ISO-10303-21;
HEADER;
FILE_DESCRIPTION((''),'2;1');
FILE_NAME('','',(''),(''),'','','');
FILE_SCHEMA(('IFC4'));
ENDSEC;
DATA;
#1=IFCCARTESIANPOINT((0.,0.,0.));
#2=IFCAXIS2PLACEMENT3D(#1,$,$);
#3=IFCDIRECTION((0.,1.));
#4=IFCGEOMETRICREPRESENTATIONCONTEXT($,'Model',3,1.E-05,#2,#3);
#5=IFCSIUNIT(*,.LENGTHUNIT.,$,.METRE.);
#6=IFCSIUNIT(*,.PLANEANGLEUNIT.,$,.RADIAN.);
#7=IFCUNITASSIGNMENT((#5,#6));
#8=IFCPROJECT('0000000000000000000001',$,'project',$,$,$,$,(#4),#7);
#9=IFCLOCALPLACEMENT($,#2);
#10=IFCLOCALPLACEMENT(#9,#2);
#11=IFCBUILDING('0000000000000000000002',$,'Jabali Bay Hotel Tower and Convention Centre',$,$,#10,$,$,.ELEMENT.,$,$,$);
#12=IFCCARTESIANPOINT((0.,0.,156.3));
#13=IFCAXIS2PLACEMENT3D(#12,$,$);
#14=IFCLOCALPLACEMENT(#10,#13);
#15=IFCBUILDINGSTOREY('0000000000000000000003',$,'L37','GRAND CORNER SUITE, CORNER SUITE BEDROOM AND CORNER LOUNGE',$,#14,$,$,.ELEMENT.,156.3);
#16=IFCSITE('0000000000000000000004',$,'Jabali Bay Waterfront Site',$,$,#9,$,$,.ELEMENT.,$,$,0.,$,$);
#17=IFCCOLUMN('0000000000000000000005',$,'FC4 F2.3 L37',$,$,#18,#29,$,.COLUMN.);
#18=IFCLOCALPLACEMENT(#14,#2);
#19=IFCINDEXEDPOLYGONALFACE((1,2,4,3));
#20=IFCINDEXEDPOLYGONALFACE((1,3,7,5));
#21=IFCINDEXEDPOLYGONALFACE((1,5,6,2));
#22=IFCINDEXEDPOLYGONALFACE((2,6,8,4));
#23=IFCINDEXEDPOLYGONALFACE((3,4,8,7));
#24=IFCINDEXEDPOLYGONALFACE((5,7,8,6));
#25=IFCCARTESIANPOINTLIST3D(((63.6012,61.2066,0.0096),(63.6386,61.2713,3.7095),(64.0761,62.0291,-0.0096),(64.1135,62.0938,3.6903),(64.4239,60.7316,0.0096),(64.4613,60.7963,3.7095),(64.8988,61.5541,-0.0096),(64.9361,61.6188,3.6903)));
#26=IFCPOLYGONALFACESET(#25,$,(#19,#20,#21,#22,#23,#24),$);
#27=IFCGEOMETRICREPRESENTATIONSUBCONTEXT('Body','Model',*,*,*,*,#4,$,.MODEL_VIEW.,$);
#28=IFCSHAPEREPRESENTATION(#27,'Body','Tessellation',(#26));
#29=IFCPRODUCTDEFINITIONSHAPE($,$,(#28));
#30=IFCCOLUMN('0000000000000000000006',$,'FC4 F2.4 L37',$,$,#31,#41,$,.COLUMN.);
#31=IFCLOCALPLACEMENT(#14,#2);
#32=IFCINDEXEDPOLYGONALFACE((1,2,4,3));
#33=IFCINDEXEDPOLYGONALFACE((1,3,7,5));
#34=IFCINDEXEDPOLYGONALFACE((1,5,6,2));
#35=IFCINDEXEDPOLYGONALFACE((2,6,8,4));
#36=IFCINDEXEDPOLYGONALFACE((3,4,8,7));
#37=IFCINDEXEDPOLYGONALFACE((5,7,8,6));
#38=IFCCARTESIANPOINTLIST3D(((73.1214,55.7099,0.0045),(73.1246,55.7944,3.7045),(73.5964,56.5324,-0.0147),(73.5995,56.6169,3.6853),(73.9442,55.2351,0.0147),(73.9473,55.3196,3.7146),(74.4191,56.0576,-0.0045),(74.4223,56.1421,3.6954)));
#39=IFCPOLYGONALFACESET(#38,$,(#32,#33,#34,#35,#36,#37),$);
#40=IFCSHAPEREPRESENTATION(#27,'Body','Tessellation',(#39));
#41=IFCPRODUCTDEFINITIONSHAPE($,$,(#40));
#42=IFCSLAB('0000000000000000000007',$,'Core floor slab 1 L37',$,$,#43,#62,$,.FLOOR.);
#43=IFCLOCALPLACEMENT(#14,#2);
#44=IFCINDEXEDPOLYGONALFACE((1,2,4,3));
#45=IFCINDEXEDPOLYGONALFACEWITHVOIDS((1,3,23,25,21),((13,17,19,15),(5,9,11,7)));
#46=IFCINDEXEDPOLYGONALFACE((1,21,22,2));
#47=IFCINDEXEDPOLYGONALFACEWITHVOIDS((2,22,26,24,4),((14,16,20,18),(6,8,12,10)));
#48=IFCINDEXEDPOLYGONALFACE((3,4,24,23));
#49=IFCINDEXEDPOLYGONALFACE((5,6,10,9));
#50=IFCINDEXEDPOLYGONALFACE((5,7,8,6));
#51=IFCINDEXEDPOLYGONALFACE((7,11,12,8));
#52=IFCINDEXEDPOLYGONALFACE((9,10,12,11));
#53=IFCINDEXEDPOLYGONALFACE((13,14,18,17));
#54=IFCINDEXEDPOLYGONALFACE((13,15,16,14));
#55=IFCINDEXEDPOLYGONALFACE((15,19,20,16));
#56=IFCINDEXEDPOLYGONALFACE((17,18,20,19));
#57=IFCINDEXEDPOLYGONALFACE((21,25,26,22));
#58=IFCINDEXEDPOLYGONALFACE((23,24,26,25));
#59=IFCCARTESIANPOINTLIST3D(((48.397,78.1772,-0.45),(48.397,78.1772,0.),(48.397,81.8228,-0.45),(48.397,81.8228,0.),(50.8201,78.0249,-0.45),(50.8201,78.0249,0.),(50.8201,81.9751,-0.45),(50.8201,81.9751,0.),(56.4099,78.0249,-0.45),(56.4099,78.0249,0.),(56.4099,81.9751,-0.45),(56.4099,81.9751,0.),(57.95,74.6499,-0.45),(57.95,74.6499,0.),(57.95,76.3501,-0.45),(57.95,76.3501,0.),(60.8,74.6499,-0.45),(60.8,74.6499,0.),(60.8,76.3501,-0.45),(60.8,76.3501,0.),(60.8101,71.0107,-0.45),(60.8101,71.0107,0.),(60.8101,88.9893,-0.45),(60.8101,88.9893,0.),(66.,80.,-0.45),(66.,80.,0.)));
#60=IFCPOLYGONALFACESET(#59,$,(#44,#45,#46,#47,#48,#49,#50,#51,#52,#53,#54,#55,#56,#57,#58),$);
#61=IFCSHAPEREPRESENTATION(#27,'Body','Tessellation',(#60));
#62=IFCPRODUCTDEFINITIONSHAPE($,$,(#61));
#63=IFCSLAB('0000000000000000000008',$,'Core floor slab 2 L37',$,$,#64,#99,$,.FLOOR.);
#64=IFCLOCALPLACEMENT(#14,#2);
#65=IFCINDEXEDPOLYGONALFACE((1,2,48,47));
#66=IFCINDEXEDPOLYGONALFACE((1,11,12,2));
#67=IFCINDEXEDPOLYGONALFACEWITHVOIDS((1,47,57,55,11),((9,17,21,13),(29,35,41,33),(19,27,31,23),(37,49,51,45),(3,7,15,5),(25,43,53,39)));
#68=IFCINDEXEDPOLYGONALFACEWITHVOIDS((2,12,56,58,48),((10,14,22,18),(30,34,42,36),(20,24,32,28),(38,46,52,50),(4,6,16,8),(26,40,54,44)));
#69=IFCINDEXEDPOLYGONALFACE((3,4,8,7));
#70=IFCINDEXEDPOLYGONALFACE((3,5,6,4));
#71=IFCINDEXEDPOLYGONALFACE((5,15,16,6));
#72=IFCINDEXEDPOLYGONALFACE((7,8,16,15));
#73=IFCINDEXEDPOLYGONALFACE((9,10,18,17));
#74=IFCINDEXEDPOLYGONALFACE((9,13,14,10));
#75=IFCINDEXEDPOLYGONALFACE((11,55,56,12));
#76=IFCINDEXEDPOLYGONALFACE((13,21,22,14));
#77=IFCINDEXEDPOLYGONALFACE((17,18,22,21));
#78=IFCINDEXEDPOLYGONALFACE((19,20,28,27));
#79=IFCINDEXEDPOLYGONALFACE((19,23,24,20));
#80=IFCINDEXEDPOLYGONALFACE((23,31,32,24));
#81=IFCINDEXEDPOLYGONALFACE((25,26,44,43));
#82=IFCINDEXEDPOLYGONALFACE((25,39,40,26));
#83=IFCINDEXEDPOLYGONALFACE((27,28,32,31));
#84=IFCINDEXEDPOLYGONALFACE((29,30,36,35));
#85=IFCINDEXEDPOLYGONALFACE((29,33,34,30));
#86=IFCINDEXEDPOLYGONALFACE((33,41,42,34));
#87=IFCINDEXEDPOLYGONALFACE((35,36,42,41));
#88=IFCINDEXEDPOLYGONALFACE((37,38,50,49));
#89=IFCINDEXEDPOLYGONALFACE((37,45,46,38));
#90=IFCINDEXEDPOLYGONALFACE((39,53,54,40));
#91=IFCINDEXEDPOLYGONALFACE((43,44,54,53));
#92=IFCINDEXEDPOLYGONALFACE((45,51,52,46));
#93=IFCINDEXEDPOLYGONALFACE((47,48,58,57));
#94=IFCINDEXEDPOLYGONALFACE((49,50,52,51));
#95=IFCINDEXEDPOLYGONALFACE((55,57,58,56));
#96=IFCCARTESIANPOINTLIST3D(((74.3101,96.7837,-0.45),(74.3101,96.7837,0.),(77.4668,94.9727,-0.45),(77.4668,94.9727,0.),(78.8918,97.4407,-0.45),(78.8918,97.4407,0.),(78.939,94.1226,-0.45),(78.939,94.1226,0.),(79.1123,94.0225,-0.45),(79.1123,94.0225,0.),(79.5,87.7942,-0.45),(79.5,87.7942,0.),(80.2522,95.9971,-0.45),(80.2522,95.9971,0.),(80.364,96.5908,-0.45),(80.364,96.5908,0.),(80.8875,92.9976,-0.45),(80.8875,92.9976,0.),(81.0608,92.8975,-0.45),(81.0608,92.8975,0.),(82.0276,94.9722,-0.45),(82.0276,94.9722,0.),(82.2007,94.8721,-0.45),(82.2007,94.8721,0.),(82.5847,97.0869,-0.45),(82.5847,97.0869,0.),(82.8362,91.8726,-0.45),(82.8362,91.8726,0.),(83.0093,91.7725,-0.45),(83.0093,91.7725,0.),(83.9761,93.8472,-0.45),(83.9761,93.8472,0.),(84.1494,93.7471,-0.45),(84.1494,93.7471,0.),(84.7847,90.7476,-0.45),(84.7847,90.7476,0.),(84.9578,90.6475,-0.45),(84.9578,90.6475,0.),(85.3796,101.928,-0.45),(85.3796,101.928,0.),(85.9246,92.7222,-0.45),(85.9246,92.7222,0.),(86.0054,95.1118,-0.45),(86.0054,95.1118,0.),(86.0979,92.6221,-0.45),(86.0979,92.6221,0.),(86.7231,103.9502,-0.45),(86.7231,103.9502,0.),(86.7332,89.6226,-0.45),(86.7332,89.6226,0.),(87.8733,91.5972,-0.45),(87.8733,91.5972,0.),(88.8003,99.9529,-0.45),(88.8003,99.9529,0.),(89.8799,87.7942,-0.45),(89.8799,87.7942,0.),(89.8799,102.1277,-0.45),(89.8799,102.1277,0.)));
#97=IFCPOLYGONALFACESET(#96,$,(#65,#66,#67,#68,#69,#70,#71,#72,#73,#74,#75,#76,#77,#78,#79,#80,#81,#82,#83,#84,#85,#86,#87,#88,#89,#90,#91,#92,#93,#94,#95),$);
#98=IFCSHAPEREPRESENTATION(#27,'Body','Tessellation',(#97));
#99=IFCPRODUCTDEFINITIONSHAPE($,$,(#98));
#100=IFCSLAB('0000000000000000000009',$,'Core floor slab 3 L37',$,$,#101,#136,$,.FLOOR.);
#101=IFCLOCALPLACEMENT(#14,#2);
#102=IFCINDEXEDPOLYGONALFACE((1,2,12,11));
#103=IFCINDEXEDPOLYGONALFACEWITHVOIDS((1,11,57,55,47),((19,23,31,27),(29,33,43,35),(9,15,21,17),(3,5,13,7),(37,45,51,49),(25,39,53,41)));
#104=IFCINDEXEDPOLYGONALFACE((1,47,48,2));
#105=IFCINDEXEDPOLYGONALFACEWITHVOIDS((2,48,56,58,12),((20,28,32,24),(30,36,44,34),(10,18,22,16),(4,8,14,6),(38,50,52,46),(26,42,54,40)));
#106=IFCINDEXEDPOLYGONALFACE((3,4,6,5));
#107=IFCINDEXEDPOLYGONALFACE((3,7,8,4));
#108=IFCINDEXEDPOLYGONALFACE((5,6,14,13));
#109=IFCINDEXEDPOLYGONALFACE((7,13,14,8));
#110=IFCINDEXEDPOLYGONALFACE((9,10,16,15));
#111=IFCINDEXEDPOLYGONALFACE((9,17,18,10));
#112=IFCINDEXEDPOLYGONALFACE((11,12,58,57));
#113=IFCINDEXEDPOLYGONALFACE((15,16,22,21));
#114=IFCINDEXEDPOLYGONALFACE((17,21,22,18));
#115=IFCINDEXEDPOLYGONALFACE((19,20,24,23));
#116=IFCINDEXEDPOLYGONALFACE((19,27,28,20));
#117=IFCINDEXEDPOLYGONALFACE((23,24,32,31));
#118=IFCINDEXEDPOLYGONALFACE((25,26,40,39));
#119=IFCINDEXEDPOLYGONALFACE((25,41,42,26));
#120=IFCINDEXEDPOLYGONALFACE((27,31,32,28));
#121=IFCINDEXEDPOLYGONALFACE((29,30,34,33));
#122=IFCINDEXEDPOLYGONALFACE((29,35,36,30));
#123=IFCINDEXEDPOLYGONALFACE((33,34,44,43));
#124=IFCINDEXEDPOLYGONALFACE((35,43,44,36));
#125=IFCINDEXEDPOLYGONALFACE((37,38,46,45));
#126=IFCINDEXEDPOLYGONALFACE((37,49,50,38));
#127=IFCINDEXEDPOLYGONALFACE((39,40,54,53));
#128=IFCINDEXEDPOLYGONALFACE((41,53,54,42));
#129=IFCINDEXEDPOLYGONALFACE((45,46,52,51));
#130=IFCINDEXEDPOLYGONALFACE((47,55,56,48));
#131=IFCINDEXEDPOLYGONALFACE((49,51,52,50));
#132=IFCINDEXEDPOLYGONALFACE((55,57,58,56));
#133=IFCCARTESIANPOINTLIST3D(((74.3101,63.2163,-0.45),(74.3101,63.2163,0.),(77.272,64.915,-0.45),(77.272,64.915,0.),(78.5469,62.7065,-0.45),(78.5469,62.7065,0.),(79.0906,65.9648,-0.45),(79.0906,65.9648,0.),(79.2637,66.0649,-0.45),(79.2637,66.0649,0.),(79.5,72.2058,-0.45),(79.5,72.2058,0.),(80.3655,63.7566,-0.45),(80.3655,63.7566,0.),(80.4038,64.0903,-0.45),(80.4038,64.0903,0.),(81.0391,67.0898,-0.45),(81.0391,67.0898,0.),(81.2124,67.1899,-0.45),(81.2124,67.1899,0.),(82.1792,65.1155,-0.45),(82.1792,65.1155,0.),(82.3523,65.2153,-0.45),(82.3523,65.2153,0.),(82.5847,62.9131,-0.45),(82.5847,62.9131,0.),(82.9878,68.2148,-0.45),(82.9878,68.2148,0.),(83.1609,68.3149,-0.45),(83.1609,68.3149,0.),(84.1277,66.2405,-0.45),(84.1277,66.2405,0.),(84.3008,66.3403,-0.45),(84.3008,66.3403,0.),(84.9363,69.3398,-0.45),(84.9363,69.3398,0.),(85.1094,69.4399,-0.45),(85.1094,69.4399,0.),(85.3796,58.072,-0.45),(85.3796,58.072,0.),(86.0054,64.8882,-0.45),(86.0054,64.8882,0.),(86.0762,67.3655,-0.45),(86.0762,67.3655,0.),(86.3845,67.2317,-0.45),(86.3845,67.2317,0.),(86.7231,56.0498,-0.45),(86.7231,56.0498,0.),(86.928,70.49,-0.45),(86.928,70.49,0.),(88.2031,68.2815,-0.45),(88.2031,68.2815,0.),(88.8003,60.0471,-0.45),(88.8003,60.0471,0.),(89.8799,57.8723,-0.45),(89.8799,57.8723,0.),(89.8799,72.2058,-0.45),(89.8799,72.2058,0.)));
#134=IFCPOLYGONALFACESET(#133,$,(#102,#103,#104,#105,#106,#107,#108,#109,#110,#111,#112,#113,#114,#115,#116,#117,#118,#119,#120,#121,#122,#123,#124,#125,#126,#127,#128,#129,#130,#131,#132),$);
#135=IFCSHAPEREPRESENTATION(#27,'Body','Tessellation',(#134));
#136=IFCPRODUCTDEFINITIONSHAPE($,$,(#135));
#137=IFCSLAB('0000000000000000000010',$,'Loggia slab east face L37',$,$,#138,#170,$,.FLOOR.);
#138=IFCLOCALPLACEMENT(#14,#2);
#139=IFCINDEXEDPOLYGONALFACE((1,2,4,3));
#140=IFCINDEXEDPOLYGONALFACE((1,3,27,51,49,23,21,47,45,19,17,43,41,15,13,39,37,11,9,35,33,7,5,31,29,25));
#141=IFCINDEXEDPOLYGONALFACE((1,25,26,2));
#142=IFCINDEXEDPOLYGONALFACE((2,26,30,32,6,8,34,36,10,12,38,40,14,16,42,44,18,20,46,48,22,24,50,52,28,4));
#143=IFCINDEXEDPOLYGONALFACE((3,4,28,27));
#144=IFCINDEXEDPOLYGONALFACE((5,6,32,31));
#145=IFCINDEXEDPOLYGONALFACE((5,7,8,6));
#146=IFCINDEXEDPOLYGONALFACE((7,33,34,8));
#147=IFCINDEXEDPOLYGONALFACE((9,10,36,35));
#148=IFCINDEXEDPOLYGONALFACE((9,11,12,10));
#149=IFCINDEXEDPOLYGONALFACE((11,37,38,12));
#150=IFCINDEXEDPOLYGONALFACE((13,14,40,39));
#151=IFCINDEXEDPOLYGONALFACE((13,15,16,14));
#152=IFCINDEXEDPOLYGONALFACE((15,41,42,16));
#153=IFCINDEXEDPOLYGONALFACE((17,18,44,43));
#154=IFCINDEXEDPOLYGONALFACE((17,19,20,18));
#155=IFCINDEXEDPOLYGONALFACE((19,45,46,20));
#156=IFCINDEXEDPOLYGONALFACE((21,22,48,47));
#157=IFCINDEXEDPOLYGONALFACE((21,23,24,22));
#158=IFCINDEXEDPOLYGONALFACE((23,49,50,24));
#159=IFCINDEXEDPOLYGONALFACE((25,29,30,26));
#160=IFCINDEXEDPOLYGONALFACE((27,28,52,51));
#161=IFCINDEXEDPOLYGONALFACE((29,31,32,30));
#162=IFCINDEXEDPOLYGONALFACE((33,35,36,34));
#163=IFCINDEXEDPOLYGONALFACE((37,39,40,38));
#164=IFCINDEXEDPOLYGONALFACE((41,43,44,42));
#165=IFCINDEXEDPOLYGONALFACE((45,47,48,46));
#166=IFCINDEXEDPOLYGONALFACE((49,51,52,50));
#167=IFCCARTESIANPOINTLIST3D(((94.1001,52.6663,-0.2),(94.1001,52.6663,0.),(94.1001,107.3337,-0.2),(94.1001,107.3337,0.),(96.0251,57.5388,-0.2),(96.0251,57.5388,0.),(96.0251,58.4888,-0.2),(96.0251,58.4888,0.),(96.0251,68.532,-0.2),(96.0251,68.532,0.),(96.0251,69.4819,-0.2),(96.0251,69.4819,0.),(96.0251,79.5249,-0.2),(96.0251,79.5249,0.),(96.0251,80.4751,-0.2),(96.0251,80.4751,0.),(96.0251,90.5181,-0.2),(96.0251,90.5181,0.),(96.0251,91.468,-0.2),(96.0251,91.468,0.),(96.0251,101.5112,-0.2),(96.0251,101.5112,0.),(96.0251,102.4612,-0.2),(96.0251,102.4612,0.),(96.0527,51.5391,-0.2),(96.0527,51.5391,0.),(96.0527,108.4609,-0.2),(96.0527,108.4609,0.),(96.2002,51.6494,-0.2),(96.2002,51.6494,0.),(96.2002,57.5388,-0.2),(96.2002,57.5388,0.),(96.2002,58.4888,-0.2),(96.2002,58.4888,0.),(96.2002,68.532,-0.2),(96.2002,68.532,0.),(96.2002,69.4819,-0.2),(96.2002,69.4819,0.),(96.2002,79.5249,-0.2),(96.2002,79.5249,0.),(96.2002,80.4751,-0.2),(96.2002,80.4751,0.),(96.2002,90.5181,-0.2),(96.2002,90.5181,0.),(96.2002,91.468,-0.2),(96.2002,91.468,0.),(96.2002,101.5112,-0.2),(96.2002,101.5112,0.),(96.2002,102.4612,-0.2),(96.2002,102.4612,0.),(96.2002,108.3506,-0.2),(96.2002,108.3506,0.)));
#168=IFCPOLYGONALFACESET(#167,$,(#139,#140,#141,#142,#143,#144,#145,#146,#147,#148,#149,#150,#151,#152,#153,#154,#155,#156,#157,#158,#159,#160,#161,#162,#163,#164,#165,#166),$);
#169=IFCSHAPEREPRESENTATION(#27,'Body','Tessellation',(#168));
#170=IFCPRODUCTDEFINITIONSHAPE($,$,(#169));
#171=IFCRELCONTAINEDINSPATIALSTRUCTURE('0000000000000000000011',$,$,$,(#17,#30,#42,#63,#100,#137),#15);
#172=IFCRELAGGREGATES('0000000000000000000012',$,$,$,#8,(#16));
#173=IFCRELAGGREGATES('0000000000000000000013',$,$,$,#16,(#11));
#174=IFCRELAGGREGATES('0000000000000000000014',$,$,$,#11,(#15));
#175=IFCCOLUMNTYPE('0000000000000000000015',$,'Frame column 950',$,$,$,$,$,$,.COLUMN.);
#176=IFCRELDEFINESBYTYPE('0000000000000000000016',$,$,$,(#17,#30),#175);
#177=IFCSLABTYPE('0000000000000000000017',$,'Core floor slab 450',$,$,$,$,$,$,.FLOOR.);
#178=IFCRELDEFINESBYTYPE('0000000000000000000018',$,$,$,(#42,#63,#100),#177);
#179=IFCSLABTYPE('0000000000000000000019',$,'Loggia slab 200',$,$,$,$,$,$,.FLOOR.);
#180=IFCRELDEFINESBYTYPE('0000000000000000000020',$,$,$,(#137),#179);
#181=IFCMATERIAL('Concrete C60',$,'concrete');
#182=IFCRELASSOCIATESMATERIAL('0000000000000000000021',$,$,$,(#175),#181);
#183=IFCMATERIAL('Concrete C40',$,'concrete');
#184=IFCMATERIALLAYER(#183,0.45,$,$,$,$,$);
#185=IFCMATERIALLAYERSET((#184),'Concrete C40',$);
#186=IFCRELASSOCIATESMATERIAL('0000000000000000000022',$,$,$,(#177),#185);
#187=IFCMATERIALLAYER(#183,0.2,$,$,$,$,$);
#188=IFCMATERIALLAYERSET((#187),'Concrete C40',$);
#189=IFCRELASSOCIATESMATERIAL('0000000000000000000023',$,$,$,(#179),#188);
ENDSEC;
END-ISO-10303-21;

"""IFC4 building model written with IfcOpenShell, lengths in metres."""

from ifc_helpers import new_model, si_unit, direction, frame, origin, origin_2d, place, context, subcontext, project, spatial, polyline, rectangle, outline, extrude, material, layer, layer_set, material_profile, profile_set, type_object, element, save


model = new_model("IFC4")

# Units and contexts
model_context = context("Model", 3, precision=1e-05, world=origin(), true_north=direction((0.0, 1.0)))
body_context = subcontext(model_context, "Body", "Model", "MODEL_VIEW")
ifc_project = project(units=[si_unit("LENGTHUNIT", "METRE"), si_unit("PLANEANGLEUNIT", "RADIAN")], contexts=[model_context])

# Site, building, storey
site_placement = place(None, origin())
site = spatial("IfcSite", under=ifc_project, at=site_placement, Name="Jabali Bay Waterfront Site", CompositionType="ELEMENT", RefElevation=0.0)
building_placement = place(site_placement, origin())
building = spatial("IfcBuilding", under=site, at=building_placement, Name="Jabali Bay Hotel Tower and Convention Centre", CompositionType="ELEMENT")
storey_placement = place(building_placement, frame((0.0, 0.0, 156.3)))
storey = spatial("IfcBuildingStorey", under=building, at=storey_placement, Name="L37", Description="GRAND CORNER SUITE, CORNER SUITE BEDROOM AND CORNER LOUNGE", CompositionType="ELEMENT", Elevation=156.3)

# Columns
ifc_material_1 = material(Name="Concrete C60", Category="concrete")
ifc_material_profile = material_profile(ifc_material_1, rectangle(XDim=0.95, YDim=0.95, at=origin_2d()), Name="Frame column 950")
ifc_profile_set = profile_set([ifc_material_profile], Name="Concrete C60")
column_type = type_object("IfcColumnType", Name="Frame column 950", PredefinedType="COLUMN", material=ifc_profile_set)
column_1_placement = place(storey_placement, frame((64.25, 61.3804, 0.0), z_axis=(0.010094, 0.017482, 0.999796), x_axis=(-0.866026, 0.499999, 0.0)))
element("IfcColumn", 1, at=column_1_placement, inside=storey, type_object=column_type, Name="FC4 F2.3 L37", PredefinedType="COLUMN", context=body_context, shape_type="SweptSolid", body=[
    extrude(rectangle(XDim=0.95, YDim=0.95, at=origin_2d()), origin(), (0.0, 0.0, 1.0), 3.7007),
])
column_2_placement = place(storey_placement, frame((73.7703, 55.8838, 0.0), z_axis=(0.000858, 0.022825, 0.999739), x_axis=(-0.499939, -0.865825, 0.020196)))
element("IfcColumn", 2, at=column_2_placement, inside=storey, type_object=column_type, Name="FC4 F2.4 L37", PredefinedType="COLUMN", context=body_context, shape_type="SweptSolid", body=[
    extrude(rectangle(XDim=0.95, YDim=0.95, at=origin_2d()), origin(), (0.0, 0.0, 1.0), 3.7009),
])

# Slabs
ifc_material_2 = material(Name="Concrete C40", Category="concrete")
ifc_layer_1 = layer(ifc_material_2, 0.45)
ifc_layer_set_1 = layer_set([ifc_layer_1], Name="Concrete C40")
slab_type_1 = type_object("IfcSlabType", Name="Core floor slab 450", PredefinedType="FLOOR", material=ifc_layer_set_1)
slab_1_placement = place(storey_placement, frame((0.0, 0.0, -0.45)))
element("IfcSlab", 3, at=slab_1_placement, inside=storey, type_object=slab_type_1, Name="Core floor slab 1 L37", PredefinedType="FLOOR", context=body_context, shape_type="SweptSolid", body=[
    extrude(outline(polyline([(66.0, 80.0), (60.8101, 88.9893), (48.397, 81.8228), (48.397, 78.1772), (60.8101, 71.0107), (66.0, 80.0)]), holes=[polyline([(60.8, 76.3501), (57.95, 76.3501), (57.95, 74.6499), (60.8, 74.6499), (60.8, 76.3501)]), polyline([(50.8201, 81.9751), (50.8201, 78.0249), (56.4099, 78.0249), (56.4099, 81.9751), (50.8201, 81.9751)])]), origin(), (0.0, 0.0, 1.0), 0.45),
])
slab_2_placement = place(storey_placement, frame((0.0, 0.0, -0.45)))
element("IfcSlab", 4, at=slab_2_placement, inside=storey, type_object=slab_type_1, Name="Core floor slab 2 L37", PredefinedType="FLOOR", context=body_context, shape_type="SweptSolid", body=[
    extrude(outline(polyline([(79.5, 87.7942), (89.8799, 87.7942), (89.8799, 102.1277), (86.7231, 103.9502), (74.3101, 96.7837), (79.5, 87.7942)]), holes=[polyline([(84.9578, 90.6475), (86.7332, 89.6226), (87.8733, 91.5972), (86.0979, 92.6221), (84.9578, 90.6475)]), polyline([(84.1494, 93.7471), (83.0093, 91.7725), (84.7847, 90.7476), (85.9246, 92.7222), (84.1494, 93.7471)]), polyline([(82.2007, 94.8721), (81.0608, 92.8975), (82.8362, 91.8726), (83.9761, 93.8472), (82.2007, 94.8721)]), polyline([(79.1123, 94.0225), (80.8875, 92.9976), (82.0276, 94.9722), (80.2522, 95.9971), (79.1123, 94.0225)]), polyline([(78.8918, 97.4407), (77.4668, 94.9727), (78.939, 94.1226), (80.364, 96.5908), (78.8918, 97.4407)]), polyline([(82.5847, 97.0869), (86.0054, 95.1118), (88.8003, 99.9529), (85.3796, 101.928), (82.5847, 97.0869)])]), origin(), (0.0, 0.0, 1.0), 0.45),
])
slab_3_placement = place(storey_placement, frame((0.0, 0.0, -0.45)))
element("IfcSlab", 5, at=slab_3_placement, inside=storey, type_object=slab_type_1, Name="Core floor slab 3 L37", PredefinedType="FLOOR", context=body_context, shape_type="SweptSolid", body=[
    extrude(outline(polyline([(79.5, 72.2058), (74.3101, 63.2163), (86.7231, 56.0498), (89.8799, 57.8723), (89.8799, 72.2058), (79.5, 72.2058)]), holes=[polyline([(82.5847, 62.9131), (85.3796, 58.072), (88.8003, 60.0471), (86.0054, 64.8882), (82.5847, 62.9131)]), polyline([(80.3655, 63.7566), (79.0906, 65.9648), (77.272, 64.915), (78.5469, 62.7065), (80.3655, 63.7566)]), polyline([(82.1792, 65.1155), (81.0391, 67.0898), (79.2637, 66.0649), (80.4038, 64.0903), (82.1792, 65.1155)]), polyline([(82.9878, 68.2148), (81.2124, 67.1899), (82.3523, 65.2153), (84.1277, 66.2405), (82.9878, 68.2148)]), polyline([(86.0762, 67.3655), (84.9363, 69.3398), (83.1609, 68.3149), (84.3008, 66.3403), (86.0762, 67.3655)]), polyline([(88.2031, 68.2815), (86.928, 70.49), (85.1094, 69.4399), (86.3845, 67.2317), (88.2031, 68.2815)])]), origin(), (0.0, 0.0, 1.0), 0.45),
])
ifc_layer_2 = layer(ifc_material_2, 0.2)
ifc_layer_set_2 = layer_set([ifc_layer_2], Name="Concrete C40")
slab_type_2 = type_object("IfcSlabType", Name="Loggia slab 200", PredefinedType="FLOOR", material=ifc_layer_set_2)
slab_4_placement = place(storey_placement, frame((0.0, 0.0, -0.2)))
element("IfcSlab", 6, at=slab_4_placement, inside=storey, type_object=slab_type_2, Name="Loggia slab east face L37", PredefinedType="FLOOR", context=body_context, shape_type="SweptSolid", body=[
    extrude(outline(polyline([(94.1001, 107.3337), (96.0527, 108.4609), (96.2002, 108.3506), (96.2002, 102.4612), (96.0251, 102.4612), (96.0251, 101.5112), (96.2002, 101.5112), (96.2002, 91.468), (96.0251, 91.468), (96.0251, 90.5181), (96.2002, 90.5181), (96.2002, 80.4751), (96.0251, 80.4751), (96.0251, 79.5249), (96.2002, 79.5249), (96.2002, 69.4819), (96.0251, 69.4819), (96.0251, 68.532), (96.2002, 68.532), (96.2002, 58.4888), (96.0251, 58.4888), (96.0251, 57.5388), (96.2002, 57.5388), (96.2002, 51.6494), (96.0527, 51.5391), (94.1001, 52.6663), (94.1001, 107.3337)])), origin(), (0.0, 0.0, 1.0), 0.2),
])

save(model, "model.ifc")
